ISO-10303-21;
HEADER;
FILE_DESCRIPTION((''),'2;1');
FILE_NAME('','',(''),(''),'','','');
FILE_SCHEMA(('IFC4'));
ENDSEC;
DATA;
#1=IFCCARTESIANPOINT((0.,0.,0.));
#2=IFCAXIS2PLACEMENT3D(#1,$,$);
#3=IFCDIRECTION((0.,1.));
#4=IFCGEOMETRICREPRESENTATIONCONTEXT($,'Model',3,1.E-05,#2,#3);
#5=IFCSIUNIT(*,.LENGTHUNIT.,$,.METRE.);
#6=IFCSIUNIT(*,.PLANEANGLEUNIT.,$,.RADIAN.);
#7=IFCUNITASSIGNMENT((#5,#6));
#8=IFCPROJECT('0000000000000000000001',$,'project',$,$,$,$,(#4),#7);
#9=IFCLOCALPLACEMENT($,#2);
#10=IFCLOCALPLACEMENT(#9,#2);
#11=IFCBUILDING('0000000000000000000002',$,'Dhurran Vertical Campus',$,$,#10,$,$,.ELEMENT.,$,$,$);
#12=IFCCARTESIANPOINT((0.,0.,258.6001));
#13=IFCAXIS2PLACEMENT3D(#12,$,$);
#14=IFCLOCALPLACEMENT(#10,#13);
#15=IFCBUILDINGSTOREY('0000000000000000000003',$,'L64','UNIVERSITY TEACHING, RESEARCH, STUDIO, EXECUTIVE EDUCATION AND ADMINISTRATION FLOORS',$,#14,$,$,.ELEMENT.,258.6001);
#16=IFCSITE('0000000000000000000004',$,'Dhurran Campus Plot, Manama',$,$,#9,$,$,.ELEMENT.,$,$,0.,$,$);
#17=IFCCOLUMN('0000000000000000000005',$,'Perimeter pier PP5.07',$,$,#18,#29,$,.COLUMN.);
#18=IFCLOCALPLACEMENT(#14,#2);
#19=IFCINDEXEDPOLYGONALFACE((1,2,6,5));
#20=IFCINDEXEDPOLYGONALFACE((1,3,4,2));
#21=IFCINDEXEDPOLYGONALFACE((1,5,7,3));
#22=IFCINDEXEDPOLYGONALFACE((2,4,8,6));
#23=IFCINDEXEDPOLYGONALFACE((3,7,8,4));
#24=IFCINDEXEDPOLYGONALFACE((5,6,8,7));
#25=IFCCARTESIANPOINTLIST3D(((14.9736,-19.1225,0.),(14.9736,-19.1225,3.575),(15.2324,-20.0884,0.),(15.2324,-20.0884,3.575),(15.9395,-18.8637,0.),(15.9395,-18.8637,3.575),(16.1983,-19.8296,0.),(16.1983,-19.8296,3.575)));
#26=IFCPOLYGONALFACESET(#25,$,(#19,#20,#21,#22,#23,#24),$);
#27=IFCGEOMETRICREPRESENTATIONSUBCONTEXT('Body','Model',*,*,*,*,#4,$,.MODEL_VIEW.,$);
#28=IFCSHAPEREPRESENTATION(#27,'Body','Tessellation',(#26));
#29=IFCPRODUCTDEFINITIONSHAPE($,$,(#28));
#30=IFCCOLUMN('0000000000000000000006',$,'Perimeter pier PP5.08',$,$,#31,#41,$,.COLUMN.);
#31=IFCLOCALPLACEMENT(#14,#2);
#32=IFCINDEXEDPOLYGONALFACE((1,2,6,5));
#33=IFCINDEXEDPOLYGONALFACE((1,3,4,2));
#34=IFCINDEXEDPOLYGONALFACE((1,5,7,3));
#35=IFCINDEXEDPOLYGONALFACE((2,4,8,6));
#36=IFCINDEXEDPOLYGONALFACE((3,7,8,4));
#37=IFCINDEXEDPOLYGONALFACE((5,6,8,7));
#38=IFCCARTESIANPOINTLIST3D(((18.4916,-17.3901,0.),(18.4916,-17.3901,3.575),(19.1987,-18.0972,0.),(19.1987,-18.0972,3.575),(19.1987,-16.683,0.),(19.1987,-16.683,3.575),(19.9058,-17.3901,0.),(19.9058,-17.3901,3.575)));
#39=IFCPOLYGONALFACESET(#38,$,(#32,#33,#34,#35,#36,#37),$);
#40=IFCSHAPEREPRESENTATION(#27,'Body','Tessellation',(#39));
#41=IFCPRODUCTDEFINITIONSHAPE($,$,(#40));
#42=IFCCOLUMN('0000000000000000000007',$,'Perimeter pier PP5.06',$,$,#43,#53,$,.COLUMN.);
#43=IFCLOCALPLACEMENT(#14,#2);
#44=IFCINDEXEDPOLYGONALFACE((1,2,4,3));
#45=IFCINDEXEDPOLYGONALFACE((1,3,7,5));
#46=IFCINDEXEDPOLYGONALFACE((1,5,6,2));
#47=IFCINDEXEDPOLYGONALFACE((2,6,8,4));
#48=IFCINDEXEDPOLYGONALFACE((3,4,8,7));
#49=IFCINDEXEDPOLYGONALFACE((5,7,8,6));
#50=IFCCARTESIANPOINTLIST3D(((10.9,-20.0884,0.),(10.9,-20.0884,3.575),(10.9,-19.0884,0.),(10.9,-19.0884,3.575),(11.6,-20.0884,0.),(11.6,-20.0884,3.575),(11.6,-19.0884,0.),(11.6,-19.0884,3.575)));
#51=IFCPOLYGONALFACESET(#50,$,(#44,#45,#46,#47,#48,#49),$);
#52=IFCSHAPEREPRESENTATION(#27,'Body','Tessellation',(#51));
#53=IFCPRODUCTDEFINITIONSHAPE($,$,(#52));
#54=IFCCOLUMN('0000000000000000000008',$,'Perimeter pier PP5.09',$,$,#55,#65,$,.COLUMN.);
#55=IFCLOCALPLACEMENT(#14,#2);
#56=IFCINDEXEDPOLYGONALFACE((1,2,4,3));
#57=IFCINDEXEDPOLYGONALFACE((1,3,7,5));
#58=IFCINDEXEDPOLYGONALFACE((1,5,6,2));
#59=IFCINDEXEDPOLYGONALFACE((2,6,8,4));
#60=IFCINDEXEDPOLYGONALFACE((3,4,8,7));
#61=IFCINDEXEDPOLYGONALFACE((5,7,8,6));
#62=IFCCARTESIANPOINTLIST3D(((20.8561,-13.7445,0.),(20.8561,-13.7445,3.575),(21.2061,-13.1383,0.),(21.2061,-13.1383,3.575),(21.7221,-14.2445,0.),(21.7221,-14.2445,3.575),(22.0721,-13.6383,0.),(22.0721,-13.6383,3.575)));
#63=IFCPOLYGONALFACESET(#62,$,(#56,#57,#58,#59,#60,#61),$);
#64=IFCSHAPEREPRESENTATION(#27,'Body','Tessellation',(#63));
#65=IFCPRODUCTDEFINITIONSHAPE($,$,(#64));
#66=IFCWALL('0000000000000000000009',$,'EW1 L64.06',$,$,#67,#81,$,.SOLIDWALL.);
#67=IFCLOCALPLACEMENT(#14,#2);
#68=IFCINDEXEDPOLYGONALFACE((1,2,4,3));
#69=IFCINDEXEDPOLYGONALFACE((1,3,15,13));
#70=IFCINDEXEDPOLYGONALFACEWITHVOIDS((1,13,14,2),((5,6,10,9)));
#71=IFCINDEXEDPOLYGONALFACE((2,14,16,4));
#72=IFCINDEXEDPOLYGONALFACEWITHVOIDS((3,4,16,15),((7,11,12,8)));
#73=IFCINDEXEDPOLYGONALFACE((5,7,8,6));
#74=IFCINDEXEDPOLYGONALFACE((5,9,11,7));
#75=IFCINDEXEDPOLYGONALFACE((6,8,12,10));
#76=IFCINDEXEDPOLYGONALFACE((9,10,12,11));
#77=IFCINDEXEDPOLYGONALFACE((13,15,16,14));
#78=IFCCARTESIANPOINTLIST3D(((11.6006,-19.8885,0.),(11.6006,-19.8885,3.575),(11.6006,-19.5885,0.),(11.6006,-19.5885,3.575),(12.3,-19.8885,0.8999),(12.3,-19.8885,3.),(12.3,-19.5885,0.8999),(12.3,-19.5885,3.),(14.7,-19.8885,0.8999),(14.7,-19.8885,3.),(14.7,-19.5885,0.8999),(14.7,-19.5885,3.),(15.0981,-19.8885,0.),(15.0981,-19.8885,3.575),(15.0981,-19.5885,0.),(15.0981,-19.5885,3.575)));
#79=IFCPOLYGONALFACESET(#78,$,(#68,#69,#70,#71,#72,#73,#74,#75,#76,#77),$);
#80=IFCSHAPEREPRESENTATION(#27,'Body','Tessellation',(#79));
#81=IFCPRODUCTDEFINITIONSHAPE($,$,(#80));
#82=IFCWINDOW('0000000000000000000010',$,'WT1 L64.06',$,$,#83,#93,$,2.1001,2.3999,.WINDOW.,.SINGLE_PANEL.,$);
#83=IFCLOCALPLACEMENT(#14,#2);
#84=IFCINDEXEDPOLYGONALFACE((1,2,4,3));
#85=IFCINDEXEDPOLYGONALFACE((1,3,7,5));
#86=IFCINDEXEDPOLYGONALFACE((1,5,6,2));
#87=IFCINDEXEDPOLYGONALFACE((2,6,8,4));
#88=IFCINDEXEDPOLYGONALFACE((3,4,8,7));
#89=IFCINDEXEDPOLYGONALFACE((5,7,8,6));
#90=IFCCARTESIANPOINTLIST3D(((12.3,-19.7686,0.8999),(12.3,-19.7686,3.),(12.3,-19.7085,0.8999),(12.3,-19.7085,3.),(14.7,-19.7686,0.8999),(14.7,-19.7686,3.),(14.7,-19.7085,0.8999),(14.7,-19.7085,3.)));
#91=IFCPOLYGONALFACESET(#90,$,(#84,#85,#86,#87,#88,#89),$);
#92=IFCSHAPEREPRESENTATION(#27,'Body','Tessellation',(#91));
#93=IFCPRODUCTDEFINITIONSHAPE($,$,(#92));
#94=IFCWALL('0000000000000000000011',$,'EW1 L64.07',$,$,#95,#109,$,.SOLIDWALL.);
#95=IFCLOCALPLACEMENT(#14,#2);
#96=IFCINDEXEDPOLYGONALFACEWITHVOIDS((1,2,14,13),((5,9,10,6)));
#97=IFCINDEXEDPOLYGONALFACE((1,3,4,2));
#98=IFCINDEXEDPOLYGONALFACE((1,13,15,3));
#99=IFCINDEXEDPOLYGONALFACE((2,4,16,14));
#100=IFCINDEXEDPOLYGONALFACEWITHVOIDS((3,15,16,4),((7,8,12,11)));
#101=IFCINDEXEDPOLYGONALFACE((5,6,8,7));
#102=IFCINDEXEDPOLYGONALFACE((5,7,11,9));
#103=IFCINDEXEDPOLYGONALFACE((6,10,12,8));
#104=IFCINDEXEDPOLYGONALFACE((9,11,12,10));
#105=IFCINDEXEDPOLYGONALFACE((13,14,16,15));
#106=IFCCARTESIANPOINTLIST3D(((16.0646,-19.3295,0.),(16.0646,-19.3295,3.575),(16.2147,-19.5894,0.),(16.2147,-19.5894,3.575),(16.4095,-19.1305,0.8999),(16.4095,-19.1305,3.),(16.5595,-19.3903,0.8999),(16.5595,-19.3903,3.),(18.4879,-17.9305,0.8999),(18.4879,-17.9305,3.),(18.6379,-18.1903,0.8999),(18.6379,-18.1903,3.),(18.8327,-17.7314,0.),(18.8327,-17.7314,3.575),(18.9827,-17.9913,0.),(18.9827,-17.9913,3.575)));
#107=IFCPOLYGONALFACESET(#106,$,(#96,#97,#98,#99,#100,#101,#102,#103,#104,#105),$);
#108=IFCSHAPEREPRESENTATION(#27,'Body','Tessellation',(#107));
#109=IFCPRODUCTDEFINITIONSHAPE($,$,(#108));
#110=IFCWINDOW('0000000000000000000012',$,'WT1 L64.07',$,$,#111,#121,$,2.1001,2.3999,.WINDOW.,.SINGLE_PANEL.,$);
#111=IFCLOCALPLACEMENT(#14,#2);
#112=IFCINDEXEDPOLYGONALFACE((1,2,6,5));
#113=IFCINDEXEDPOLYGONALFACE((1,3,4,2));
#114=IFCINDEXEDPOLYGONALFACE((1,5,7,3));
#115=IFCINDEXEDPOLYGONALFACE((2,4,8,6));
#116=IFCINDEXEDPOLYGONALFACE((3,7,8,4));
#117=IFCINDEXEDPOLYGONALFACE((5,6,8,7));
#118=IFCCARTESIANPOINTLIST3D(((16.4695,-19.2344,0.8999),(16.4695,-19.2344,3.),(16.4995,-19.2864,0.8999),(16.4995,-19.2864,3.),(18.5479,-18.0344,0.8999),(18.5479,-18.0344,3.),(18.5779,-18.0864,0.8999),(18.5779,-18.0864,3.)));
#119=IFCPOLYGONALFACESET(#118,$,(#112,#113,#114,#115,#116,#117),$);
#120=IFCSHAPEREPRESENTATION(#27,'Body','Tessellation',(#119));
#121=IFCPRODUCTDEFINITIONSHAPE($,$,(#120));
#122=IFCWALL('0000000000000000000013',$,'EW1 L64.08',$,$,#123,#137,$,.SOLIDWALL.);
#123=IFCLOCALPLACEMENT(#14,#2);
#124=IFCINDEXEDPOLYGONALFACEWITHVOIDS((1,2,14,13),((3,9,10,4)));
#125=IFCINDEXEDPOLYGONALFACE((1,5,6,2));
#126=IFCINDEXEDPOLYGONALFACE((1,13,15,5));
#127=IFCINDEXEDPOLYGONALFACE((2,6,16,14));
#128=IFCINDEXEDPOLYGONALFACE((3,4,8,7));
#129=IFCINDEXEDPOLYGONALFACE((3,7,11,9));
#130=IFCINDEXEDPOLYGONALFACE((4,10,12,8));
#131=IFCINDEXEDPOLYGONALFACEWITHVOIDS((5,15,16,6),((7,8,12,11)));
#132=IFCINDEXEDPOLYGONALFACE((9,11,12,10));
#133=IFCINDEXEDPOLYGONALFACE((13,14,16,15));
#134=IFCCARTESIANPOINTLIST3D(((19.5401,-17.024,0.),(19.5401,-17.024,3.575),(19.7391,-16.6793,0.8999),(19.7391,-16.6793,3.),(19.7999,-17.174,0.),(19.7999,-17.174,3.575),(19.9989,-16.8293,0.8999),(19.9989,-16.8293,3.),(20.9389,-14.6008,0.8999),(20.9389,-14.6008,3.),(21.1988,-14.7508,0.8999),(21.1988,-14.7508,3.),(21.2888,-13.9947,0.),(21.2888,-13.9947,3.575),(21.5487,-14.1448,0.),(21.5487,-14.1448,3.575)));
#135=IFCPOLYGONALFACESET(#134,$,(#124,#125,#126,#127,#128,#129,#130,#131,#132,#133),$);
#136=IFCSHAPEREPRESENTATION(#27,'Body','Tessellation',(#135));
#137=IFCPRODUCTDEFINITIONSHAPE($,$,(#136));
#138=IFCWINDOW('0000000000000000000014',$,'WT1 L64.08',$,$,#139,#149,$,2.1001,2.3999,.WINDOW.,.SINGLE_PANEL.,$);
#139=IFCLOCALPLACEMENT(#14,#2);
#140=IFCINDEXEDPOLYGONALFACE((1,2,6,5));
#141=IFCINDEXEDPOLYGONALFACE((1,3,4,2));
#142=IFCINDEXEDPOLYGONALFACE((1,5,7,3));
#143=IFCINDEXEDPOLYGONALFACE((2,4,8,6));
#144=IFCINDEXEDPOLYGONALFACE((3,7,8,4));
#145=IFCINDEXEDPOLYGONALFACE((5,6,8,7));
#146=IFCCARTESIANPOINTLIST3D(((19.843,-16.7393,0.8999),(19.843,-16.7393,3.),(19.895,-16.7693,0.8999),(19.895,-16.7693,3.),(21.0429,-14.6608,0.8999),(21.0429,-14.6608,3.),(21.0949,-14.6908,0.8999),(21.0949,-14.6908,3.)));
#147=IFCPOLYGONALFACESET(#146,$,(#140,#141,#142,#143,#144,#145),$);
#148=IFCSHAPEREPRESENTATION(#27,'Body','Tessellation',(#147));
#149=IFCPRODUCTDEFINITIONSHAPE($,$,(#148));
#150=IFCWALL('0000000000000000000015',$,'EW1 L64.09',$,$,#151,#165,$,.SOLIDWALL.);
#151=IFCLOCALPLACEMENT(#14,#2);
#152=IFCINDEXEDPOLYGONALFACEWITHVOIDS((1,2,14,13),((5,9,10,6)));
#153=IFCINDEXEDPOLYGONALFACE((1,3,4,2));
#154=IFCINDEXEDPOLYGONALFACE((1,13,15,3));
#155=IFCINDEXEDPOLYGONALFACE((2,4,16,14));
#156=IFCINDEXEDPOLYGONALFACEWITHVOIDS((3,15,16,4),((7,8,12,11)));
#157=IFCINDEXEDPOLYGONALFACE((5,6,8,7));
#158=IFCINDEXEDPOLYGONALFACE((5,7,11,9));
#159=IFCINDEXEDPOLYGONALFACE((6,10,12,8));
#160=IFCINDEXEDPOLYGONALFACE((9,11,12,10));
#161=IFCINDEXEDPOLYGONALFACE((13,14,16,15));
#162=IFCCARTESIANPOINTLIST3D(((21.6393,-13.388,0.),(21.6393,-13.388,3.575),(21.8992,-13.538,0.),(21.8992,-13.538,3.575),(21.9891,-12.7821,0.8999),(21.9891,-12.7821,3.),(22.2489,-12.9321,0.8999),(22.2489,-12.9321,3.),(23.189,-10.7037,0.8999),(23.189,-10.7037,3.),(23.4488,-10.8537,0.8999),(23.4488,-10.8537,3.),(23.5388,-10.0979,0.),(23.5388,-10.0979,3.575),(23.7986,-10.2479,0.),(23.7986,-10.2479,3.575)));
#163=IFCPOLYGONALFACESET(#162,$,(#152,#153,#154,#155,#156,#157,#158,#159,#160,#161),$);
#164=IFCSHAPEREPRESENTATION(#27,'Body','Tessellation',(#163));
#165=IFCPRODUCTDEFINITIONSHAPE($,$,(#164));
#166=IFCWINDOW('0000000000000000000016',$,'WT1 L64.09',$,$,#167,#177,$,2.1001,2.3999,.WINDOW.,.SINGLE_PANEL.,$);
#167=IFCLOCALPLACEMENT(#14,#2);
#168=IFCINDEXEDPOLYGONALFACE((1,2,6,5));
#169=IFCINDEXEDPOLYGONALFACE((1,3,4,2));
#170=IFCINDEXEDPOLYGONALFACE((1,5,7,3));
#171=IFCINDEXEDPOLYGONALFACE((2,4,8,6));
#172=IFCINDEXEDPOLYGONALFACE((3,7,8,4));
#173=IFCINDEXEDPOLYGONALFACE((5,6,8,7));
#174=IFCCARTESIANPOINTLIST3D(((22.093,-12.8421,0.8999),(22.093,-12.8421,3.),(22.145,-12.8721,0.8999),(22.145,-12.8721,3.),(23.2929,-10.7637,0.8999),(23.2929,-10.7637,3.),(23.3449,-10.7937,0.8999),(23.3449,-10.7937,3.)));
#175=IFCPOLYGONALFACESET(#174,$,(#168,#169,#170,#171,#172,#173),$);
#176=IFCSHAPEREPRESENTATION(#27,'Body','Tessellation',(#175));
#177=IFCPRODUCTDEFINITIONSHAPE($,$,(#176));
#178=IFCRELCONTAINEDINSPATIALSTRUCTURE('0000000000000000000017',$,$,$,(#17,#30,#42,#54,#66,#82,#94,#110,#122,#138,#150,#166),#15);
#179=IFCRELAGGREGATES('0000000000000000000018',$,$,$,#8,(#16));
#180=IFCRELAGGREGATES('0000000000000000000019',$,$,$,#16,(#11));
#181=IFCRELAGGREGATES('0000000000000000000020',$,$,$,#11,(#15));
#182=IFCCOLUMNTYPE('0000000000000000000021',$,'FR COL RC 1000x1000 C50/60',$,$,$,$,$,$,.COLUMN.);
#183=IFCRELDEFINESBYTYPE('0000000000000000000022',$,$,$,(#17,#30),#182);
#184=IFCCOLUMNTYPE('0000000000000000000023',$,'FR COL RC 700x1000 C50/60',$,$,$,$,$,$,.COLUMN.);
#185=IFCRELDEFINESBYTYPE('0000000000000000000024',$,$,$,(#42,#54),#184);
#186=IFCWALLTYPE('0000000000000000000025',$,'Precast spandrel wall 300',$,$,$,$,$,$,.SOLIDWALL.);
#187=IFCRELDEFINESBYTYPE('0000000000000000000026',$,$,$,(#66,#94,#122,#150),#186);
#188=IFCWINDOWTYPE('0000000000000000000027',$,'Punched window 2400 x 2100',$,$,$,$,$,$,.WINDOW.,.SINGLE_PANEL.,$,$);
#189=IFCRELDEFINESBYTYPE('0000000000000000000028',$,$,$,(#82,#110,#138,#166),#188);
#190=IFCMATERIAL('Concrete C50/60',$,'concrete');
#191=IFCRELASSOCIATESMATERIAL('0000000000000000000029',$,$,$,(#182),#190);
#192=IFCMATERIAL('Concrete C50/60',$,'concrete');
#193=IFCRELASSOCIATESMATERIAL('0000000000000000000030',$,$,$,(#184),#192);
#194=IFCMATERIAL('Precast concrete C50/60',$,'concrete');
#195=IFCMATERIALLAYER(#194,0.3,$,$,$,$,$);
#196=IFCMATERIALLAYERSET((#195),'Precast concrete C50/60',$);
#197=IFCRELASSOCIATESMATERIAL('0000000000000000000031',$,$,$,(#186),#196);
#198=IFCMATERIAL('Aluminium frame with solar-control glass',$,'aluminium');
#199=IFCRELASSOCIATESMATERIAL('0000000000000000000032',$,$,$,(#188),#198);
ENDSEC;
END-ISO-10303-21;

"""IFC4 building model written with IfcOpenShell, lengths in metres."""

from ifc_helpers import new_model, si_unit, direction, frame, frame_2d, origin, origin_2d, place, context, subcontext, project, spatial, rectangle, extrude, material, layer, layer_set, material_profile, profile_set, type_object, element, fill, save


model = new_model("IFC4")

# Units and contexts
model_context = context("Model", 3, precision=1e-05, world=origin(), true_north=direction((0.0, 1.0)))
body_context = subcontext(model_context, "Body", "Model", "MODEL_VIEW")
ifc_project = project(units=[si_unit("LENGTHUNIT", "METRE"), si_unit("PLANEANGLEUNIT", "RADIAN")], contexts=[model_context])

# Site, building, storey
site_placement = place(None, origin())
site = spatial("IfcSite", under=ifc_project, at=site_placement, Name="Dhurran Campus Plot, Manama", CompositionType="ELEMENT", RefElevation=0.0)
building_placement = place(site_placement, origin())
building = spatial("IfcBuilding", under=site, at=building_placement, Name="Dhurran Vertical Campus", CompositionType="ELEMENT")
storey_placement = place(building_placement, frame((0.0, 0.0, 258.6001)))
storey = spatial("IfcBuildingStorey", under=building, at=storey_placement, Name="L64", Description="UNIVERSITY TEACHING, RESEARCH, STUDIO, EXECUTIVE EDUCATION AND ADMINISTRATION FLOORS", CompositionType="ELEMENT", Elevation=258.6001)

# Columns
ifc_material_1 = material(Name="Concrete C50/60", Category="concrete")
ifc_material_profile_1 = material_profile(ifc_material_1, rectangle(XDim=1.0, YDim=1.0, at=origin_2d()), Name="RC 1000x1000")
ifc_profile_set_1 = profile_set([ifc_material_profile_1], Name="Concrete C50/60")
column_type_1 = type_object("IfcColumnType", Name="FR COL RC 1000x1000 C50/60", PredefinedType="COLUMN", material=ifc_profile_set_1)
for number, where, z_axis, x_axis, name in (
    (1, (15.5859, -19.4761, 0.0), (0.0, 0.0, 1.0), (0.965926, 0.258819, 0.0), "Perimeter pier PP5.07"),
    (2, (19.1987, -17.3901, 0.0), (0.0, 0.0, 1.0), (0.707107, 0.707107, 0.0), "Perimeter pier PP5.08"),
):
    element("IfcColumn", number, at=place(storey_placement, frame(where, z_axis=z_axis, x_axis=x_axis)), inside=storey, type_object=column_type_1, Name=name, PredefinedType="COLUMN", context=body_context, shape_type="SweptSolid", body=[
        extrude(rectangle(XDim=1.0, YDim=1.0, at=origin_2d()), origin(), (0.0, 0.0, 1.0), 3.575),
    ])
ifc_material_2 = material(Name="Concrete C50/60", Category="concrete")
ifc_material_profile_2 = material_profile(ifc_material_2, rectangle(XDim=0.7, YDim=1.0, at=origin_2d()), Name="RC 700x1000")
ifc_profile_set_2 = profile_set([ifc_material_profile_2], Name="Concrete C50/60")
column_type_2 = type_object("IfcColumnType", Name="FR COL RC 700x1000 C50/60", PredefinedType="COLUMN", material=ifc_profile_set_2)
for number, where, z_axis, x_axis, name in (
    (3, (11.25, -19.5884, 0.0), (0.0, 0.0, 1.0), (1.0, 0.0, 0.0), "Perimeter pier PP5.06"),
    (4, (21.4641, -13.6914, 0.0), (0.0, 0.0, 1.0), (0.5, 0.866025, 0.0), "Perimeter pier PP5.09"),
):
    element("IfcColumn", number, at=place(storey_placement, frame(where, z_axis=z_axis, x_axis=x_axis)), inside=storey, type_object=column_type_2, Name=name, PredefinedType="COLUMN", context=body_context, shape_type="SweptSolid", body=[
        extrude(rectangle(XDim=0.7, YDim=1.0, at=origin_2d()), origin(), (0.0, 0.0, 1.0), 3.575),
    ])

# Walls, openings, windows
ifc_material_3 = material(Name="Precast concrete C50/60", Category="concrete")
ifc_layer_1 = layer(ifc_material_3, 0.3)
ifc_layer_set_1 = layer_set([ifc_layer_1], Name="Precast concrete C50/60")
wall_type_1 = type_object("IfcWallType", Name="Precast spandrel wall 300", PredefinedType="SOLIDWALL", material=ifc_layer_set_1)
wall_1_placement = place(storey_placement, frame((11.6006, -19.7385, 0.0), z_axis=(0.0, 0.0, 1.0), x_axis=(1.0, 0.0, 0.0)))
wall_1 = element("IfcWall", 5, at=wall_1_placement, inside=storey, type_object=wall_type_1, Name="EW1 L64.06", PredefinedType="SOLIDWALL", context=body_context, shape_type="SweptSolid", body=[
    extrude(rectangle(XDim=3.4976, YDim=0.3, at=frame_2d((1.7488, 0.0))), origin(), (0.0, 0.0, 1.0), 3.575),
])
opening_1_placement = place(wall_1_placement, frame((0.6995, 0.0, 0.8999)))
opening_1 = element("IfcOpeningElement", 6, at=opening_1_placement, cuts=wall_1, PredefinedType="OPENING", context=body_context, shape_type="SweptSolid", body=[
    extrude(rectangle(XDim=2.3999, YDim=2.1001, at=frame_2d((1.2, 1.05))), frame((0.0, 0.1599, 0.0), z_axis=(0.0, -1.0, 0.0), x_axis=(1.0, 0.0, 0.0)), (0.0, 0.0, 1.0), 0.3201),
])
ifc_material_4 = material(Name="Aluminium frame with solar-control glass", Category="aluminium")
window_type = type_object("IfcWindowType", Name="Punched window 2400 x 2100", PartitioningType="SINGLE_PANEL", PredefinedType="WINDOW", material=ifc_material_4)
window_1_placement = place(opening_1_placement, origin())
window_1 = element("IfcWindow", 7, at=window_1_placement, inside=storey, type_object=window_type, Name="WT1 L64.06", OverallHeight=2.1001, OverallWidth=2.3999, PartitioningType="SINGLE_PANEL", PredefinedType="WINDOW", context=body_context, shape_type="SweptSolid", body=[
    extrude(rectangle(XDim=2.3999, YDim=2.1001, at=frame_2d((1.2, 1.05))), frame((0.0, 0.03, 0.0), z_axis=(0.0, -1.0, 0.0), x_axis=(1.0, 0.0, 0.0)), (0.0, 0.0, 1.0), 0.0601),
])
fill(opening_1, window_1)
wall_2_placement = place(storey_placement, frame((16.1396, -19.4595, 0.0), z_axis=(0.0, 0.0, 1.0), x_axis=(0.866025, 0.5, 0.0)))
wall_2 = element("IfcWall", 8, at=wall_2_placement, inside=storey, type_object=wall_type_1, Name="EW1 L64.07", PredefinedType="SOLIDWALL", context=body_context, shape_type="SweptSolid", body=[
    extrude(rectangle(XDim=3.1963, YDim=0.3, at=frame_2d((1.5981, 0.0))), origin(), (0.0, 0.0, 1.0), 3.575),
])
opening_2_placement = place(wall_2_placement, frame((0.3982, 0.0, 0.8999)))
opening_2 = element("IfcOpeningElement", 9, at=opening_2_placement, cuts=wall_2, PredefinedType="OPENING", context=body_context, shape_type="SweptSolid", body=[
    extrude(rectangle(XDim=2.3999, YDim=2.1001, at=frame_2d((1.2, 1.05))), frame((0.0, 0.1599, 0.0), z_axis=(0.0, -1.0, 0.0), x_axis=(1.0, 0.0, 0.0)), (0.0, 0.0, 1.0), 0.3201),
])
window_2_placement = place(opening_2_placement, origin())
window_2 = element("IfcWindow", 10, at=window_2_placement, inside=storey, type_object=window_type, Name="WT1 L64.07", OverallHeight=2.1001, OverallWidth=2.3999, PartitioningType="SINGLE_PANEL", PredefinedType="WINDOW", context=body_context, shape_type="SweptSolid", body=[
    extrude(rectangle(XDim=2.3999, YDim=2.1001, at=frame_2d((1.2, 1.05))), frame((0.0, 0.03, 0.0), z_axis=(0.0, -1.0, 0.0), x_axis=(1.0, 0.0, 0.0)), (0.0, 0.0, 1.0), 0.0601),
])
fill(opening_2, window_2)
wall_3_placement = place(storey_placement, frame((19.6699, -17.0991, 0.0), z_axis=(0.0, 0.0, 1.0), x_axis=(0.49996, 0.866048, 0.0)))
wall_3 = element("IfcWall", 11, at=wall_3_placement, inside=storey, type_object=wall_type_1, Name="EW1 L64.08", PredefinedType="SOLIDWALL", context=body_context, shape_type="SweptSolid", body=[
    extrude(rectangle(XDim=3.4978, YDim=0.3, at=frame_2d((1.749, 0.0))), origin(), (0.0, 0.0, 1.0), 3.575),
])
opening_3_placement = place(wall_3_placement, frame((0.3982, 0.0, 0.8999)))
opening_3 = element("IfcOpeningElement", 12, at=opening_3_placement, cuts=wall_3, PredefinedType="OPENING", context=body_context, shape_type="SweptSolid", body=[
    extrude(rectangle(XDim=2.3999, YDim=2.1001, at=frame_2d((1.2, 1.05))), frame((0.0, 0.1599, 0.0), z_axis=(0.0, -1.0, 0.0), x_axis=(1.0, 0.0, 0.0)), (0.0, 0.0, 1.0), 0.3201),
])
window_3_placement = place(opening_3_placement, origin())
window_3 = element("IfcWindow", 13, at=window_3_placement, inside=storey, type_object=window_type, Name="WT1 L64.08", OverallHeight=2.1001, OverallWidth=2.3999, PartitioningType="SINGLE_PANEL", PredefinedType="WINDOW", context=body_context, shape_type="SweptSolid", body=[
    extrude(rectangle(XDim=2.3999, YDim=2.1001, at=frame_2d((1.2, 1.05))), frame((0.0, 0.03, 0.0), z_axis=(0.0, -1.0, 0.0), x_axis=(1.0, 0.0, 0.0)), (0.0, 0.0, 1.0), 0.0601),
])
fill(opening_3, window_3)
wall_4_placement = place(storey_placement, frame((21.7693, -13.4629, 0.0), z_axis=(0.0, 0.0, 1.0), x_axis=(0.499982, 0.866036, 0.0)))
wall_4 = element("IfcWall", 14, at=wall_4_placement, inside=storey, type_object=wall_type_1, Name="EW1 L64.09", PredefinedType="SOLIDWALL", context=body_context, shape_type="SweptSolid", body=[
    extrude(rectangle(XDim=3.7991, YDim=0.3, at=frame_2d((1.8994, 0.0))), origin(), (0.0, 0.0, 1.0), 3.575),
])
opening_4_placement = place(wall_4_placement, frame((0.6995, 0.0, 0.8999)))
opening_4 = element("IfcOpeningElement", 15, at=opening_4_placement, cuts=wall_4, PredefinedType="OPENING", context=body_context, shape_type="SweptSolid", body=[
    extrude(rectangle(XDim=2.3999, YDim=2.1001, at=frame_2d((1.2, 1.05))), frame((0.0, 0.1599, 0.0), z_axis=(0.0, -1.0, 0.0), x_axis=(1.0, 0.0, 0.0)), (0.0, 0.0, 1.0), 0.3201),
])
window_4_placement = place(opening_4_placement, origin())
window_4 = element("IfcWindow", 16, at=window_4_placement, inside=storey, type_object=window_type, Name="WT1 L64.09", OverallHeight=2.1001, OverallWidth=2.3999, PartitioningType="SINGLE_PANEL", PredefinedType="WINDOW", context=body_context, shape_type="SweptSolid", body=[
    extrude(rectangle(XDim=2.3999, YDim=2.1001, at=frame_2d((1.2, 1.05))), frame((0.0, 0.03, 0.0), z_axis=(0.0, -1.0, 0.0), x_axis=(1.0, 0.0, 0.0)), (0.0, 0.0, 1.0), 0.0601),
])
fill(opening_4, window_4)

save(model, "model.ifc")
